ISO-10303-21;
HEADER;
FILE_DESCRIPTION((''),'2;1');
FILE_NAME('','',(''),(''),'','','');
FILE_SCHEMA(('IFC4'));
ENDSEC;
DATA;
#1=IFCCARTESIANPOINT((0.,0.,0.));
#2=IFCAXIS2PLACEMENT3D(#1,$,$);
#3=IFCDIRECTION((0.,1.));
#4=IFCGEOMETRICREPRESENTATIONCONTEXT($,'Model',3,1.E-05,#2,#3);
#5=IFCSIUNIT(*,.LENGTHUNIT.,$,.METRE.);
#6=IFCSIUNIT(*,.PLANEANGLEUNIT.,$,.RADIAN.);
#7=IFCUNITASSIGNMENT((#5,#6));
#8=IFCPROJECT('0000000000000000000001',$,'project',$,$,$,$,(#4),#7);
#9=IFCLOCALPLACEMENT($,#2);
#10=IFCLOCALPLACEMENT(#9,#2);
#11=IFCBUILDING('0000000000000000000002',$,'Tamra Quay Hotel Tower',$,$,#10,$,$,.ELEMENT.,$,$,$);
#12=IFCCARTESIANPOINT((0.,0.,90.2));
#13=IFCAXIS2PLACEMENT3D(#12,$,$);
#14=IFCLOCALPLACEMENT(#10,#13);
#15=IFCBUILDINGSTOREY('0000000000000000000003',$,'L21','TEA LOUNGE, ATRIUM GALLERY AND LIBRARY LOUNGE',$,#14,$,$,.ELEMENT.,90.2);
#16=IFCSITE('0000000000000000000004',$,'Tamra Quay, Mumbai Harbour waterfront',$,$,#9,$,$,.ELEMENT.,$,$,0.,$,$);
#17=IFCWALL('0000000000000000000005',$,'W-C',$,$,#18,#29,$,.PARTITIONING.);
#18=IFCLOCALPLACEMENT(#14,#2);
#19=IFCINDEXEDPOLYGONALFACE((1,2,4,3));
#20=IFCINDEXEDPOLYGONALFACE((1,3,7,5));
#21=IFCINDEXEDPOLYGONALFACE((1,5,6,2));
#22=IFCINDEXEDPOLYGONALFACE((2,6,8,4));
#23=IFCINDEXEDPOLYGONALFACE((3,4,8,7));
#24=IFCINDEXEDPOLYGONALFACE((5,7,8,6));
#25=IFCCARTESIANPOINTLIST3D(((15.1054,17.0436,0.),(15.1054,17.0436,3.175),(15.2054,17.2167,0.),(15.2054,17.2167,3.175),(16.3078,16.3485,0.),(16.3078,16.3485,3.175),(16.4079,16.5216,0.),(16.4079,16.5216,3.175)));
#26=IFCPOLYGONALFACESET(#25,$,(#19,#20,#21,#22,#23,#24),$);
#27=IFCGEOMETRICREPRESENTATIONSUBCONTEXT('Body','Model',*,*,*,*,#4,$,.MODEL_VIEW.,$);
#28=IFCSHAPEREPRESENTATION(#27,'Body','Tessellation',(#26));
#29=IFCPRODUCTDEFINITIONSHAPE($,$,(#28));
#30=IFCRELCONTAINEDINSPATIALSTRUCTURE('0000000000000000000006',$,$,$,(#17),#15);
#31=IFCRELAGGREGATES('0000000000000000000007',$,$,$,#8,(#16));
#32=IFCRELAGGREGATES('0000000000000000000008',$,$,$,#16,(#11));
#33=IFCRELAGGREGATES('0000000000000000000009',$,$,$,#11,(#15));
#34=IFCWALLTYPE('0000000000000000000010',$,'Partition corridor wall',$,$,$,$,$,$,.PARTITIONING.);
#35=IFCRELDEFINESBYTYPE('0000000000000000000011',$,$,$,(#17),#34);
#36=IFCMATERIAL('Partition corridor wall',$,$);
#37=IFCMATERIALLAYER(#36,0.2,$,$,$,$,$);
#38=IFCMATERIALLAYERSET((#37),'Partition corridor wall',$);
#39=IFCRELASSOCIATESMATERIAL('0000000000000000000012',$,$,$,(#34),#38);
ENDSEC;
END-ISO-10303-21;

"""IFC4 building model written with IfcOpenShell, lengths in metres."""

from ifc_helpers import new_model, si_unit, direction, frame, frame_2d, origin, place, context, subcontext, project, spatial, rectangle, extrude, material, layer, layer_set, type_object, element, save


model = new_model("IFC4")

# Units and contexts
model_context = context("Model", 3, precision=1e-05, world=origin(), true_north=direction((0.0, 1.0)))
body_context = subcontext(model_context, "Body", "Model", "MODEL_VIEW")
ifc_project = project(units=[si_unit("LENGTHUNIT", "METRE"), si_unit("PLANEANGLEUNIT", "RADIAN")], contexts=[model_context])

# Site, building, storey
site_placement = place(None, origin())
site = spatial("IfcSite", under=ifc_project, at=site_placement, Name="Tamra Quay, Mumbai Harbour waterfront", CompositionType="ELEMENT", RefElevation=0.0)
building_placement = place(site_placement, origin())
building = spatial("IfcBuilding", under=site, at=building_placement, Name="Tamra Quay Hotel Tower", CompositionType="ELEMENT")
storey_placement = place(building_placement, frame((0.0, 0.0, 90.2)))
storey = spatial("IfcBuildingStorey", under=building, at=storey_placement, Name="L21", Description="TEA LOUNGE, ATRIUM GALLERY AND LIBRARY LOUNGE", CompositionType="ELEMENT", Elevation=90.2)

# Wall
ifc_material_1 = material(Name="Partition corridor wall")
ifc_layer_1 = layer(ifc_material_1, 0.2)
ifc_layer_set_1 = layer_set([ifc_layer_1], Name="Partition corridor wall")
wall_type_1 = type_object("IfcWallType", Name="Partition corridor wall", PredefinedType="PARTITIONING", material=ifc_layer_set_1)
wall_1_placement = place(storey_placement, frame((15.1555, 17.1301, 0.0), z_axis=(0.0, 0.0, 1.0), x_axis=(0.865755, -0.500468, 0.0)))
element("IfcWall", 1, at=wall_1_placement, inside=storey, type_object=wall_type_1, Name="W-C", PredefinedType="PARTITIONING", context=body_context, shape_type="SweptSolid", body=[
    extrude(rectangle(XDim=1.3889, YDim=0.2, at=frame_2d((0.6943, 0.0))), origin(), (0.0, 0.0, 1.0), 3.175),
])

save(model, "model.ifc")
